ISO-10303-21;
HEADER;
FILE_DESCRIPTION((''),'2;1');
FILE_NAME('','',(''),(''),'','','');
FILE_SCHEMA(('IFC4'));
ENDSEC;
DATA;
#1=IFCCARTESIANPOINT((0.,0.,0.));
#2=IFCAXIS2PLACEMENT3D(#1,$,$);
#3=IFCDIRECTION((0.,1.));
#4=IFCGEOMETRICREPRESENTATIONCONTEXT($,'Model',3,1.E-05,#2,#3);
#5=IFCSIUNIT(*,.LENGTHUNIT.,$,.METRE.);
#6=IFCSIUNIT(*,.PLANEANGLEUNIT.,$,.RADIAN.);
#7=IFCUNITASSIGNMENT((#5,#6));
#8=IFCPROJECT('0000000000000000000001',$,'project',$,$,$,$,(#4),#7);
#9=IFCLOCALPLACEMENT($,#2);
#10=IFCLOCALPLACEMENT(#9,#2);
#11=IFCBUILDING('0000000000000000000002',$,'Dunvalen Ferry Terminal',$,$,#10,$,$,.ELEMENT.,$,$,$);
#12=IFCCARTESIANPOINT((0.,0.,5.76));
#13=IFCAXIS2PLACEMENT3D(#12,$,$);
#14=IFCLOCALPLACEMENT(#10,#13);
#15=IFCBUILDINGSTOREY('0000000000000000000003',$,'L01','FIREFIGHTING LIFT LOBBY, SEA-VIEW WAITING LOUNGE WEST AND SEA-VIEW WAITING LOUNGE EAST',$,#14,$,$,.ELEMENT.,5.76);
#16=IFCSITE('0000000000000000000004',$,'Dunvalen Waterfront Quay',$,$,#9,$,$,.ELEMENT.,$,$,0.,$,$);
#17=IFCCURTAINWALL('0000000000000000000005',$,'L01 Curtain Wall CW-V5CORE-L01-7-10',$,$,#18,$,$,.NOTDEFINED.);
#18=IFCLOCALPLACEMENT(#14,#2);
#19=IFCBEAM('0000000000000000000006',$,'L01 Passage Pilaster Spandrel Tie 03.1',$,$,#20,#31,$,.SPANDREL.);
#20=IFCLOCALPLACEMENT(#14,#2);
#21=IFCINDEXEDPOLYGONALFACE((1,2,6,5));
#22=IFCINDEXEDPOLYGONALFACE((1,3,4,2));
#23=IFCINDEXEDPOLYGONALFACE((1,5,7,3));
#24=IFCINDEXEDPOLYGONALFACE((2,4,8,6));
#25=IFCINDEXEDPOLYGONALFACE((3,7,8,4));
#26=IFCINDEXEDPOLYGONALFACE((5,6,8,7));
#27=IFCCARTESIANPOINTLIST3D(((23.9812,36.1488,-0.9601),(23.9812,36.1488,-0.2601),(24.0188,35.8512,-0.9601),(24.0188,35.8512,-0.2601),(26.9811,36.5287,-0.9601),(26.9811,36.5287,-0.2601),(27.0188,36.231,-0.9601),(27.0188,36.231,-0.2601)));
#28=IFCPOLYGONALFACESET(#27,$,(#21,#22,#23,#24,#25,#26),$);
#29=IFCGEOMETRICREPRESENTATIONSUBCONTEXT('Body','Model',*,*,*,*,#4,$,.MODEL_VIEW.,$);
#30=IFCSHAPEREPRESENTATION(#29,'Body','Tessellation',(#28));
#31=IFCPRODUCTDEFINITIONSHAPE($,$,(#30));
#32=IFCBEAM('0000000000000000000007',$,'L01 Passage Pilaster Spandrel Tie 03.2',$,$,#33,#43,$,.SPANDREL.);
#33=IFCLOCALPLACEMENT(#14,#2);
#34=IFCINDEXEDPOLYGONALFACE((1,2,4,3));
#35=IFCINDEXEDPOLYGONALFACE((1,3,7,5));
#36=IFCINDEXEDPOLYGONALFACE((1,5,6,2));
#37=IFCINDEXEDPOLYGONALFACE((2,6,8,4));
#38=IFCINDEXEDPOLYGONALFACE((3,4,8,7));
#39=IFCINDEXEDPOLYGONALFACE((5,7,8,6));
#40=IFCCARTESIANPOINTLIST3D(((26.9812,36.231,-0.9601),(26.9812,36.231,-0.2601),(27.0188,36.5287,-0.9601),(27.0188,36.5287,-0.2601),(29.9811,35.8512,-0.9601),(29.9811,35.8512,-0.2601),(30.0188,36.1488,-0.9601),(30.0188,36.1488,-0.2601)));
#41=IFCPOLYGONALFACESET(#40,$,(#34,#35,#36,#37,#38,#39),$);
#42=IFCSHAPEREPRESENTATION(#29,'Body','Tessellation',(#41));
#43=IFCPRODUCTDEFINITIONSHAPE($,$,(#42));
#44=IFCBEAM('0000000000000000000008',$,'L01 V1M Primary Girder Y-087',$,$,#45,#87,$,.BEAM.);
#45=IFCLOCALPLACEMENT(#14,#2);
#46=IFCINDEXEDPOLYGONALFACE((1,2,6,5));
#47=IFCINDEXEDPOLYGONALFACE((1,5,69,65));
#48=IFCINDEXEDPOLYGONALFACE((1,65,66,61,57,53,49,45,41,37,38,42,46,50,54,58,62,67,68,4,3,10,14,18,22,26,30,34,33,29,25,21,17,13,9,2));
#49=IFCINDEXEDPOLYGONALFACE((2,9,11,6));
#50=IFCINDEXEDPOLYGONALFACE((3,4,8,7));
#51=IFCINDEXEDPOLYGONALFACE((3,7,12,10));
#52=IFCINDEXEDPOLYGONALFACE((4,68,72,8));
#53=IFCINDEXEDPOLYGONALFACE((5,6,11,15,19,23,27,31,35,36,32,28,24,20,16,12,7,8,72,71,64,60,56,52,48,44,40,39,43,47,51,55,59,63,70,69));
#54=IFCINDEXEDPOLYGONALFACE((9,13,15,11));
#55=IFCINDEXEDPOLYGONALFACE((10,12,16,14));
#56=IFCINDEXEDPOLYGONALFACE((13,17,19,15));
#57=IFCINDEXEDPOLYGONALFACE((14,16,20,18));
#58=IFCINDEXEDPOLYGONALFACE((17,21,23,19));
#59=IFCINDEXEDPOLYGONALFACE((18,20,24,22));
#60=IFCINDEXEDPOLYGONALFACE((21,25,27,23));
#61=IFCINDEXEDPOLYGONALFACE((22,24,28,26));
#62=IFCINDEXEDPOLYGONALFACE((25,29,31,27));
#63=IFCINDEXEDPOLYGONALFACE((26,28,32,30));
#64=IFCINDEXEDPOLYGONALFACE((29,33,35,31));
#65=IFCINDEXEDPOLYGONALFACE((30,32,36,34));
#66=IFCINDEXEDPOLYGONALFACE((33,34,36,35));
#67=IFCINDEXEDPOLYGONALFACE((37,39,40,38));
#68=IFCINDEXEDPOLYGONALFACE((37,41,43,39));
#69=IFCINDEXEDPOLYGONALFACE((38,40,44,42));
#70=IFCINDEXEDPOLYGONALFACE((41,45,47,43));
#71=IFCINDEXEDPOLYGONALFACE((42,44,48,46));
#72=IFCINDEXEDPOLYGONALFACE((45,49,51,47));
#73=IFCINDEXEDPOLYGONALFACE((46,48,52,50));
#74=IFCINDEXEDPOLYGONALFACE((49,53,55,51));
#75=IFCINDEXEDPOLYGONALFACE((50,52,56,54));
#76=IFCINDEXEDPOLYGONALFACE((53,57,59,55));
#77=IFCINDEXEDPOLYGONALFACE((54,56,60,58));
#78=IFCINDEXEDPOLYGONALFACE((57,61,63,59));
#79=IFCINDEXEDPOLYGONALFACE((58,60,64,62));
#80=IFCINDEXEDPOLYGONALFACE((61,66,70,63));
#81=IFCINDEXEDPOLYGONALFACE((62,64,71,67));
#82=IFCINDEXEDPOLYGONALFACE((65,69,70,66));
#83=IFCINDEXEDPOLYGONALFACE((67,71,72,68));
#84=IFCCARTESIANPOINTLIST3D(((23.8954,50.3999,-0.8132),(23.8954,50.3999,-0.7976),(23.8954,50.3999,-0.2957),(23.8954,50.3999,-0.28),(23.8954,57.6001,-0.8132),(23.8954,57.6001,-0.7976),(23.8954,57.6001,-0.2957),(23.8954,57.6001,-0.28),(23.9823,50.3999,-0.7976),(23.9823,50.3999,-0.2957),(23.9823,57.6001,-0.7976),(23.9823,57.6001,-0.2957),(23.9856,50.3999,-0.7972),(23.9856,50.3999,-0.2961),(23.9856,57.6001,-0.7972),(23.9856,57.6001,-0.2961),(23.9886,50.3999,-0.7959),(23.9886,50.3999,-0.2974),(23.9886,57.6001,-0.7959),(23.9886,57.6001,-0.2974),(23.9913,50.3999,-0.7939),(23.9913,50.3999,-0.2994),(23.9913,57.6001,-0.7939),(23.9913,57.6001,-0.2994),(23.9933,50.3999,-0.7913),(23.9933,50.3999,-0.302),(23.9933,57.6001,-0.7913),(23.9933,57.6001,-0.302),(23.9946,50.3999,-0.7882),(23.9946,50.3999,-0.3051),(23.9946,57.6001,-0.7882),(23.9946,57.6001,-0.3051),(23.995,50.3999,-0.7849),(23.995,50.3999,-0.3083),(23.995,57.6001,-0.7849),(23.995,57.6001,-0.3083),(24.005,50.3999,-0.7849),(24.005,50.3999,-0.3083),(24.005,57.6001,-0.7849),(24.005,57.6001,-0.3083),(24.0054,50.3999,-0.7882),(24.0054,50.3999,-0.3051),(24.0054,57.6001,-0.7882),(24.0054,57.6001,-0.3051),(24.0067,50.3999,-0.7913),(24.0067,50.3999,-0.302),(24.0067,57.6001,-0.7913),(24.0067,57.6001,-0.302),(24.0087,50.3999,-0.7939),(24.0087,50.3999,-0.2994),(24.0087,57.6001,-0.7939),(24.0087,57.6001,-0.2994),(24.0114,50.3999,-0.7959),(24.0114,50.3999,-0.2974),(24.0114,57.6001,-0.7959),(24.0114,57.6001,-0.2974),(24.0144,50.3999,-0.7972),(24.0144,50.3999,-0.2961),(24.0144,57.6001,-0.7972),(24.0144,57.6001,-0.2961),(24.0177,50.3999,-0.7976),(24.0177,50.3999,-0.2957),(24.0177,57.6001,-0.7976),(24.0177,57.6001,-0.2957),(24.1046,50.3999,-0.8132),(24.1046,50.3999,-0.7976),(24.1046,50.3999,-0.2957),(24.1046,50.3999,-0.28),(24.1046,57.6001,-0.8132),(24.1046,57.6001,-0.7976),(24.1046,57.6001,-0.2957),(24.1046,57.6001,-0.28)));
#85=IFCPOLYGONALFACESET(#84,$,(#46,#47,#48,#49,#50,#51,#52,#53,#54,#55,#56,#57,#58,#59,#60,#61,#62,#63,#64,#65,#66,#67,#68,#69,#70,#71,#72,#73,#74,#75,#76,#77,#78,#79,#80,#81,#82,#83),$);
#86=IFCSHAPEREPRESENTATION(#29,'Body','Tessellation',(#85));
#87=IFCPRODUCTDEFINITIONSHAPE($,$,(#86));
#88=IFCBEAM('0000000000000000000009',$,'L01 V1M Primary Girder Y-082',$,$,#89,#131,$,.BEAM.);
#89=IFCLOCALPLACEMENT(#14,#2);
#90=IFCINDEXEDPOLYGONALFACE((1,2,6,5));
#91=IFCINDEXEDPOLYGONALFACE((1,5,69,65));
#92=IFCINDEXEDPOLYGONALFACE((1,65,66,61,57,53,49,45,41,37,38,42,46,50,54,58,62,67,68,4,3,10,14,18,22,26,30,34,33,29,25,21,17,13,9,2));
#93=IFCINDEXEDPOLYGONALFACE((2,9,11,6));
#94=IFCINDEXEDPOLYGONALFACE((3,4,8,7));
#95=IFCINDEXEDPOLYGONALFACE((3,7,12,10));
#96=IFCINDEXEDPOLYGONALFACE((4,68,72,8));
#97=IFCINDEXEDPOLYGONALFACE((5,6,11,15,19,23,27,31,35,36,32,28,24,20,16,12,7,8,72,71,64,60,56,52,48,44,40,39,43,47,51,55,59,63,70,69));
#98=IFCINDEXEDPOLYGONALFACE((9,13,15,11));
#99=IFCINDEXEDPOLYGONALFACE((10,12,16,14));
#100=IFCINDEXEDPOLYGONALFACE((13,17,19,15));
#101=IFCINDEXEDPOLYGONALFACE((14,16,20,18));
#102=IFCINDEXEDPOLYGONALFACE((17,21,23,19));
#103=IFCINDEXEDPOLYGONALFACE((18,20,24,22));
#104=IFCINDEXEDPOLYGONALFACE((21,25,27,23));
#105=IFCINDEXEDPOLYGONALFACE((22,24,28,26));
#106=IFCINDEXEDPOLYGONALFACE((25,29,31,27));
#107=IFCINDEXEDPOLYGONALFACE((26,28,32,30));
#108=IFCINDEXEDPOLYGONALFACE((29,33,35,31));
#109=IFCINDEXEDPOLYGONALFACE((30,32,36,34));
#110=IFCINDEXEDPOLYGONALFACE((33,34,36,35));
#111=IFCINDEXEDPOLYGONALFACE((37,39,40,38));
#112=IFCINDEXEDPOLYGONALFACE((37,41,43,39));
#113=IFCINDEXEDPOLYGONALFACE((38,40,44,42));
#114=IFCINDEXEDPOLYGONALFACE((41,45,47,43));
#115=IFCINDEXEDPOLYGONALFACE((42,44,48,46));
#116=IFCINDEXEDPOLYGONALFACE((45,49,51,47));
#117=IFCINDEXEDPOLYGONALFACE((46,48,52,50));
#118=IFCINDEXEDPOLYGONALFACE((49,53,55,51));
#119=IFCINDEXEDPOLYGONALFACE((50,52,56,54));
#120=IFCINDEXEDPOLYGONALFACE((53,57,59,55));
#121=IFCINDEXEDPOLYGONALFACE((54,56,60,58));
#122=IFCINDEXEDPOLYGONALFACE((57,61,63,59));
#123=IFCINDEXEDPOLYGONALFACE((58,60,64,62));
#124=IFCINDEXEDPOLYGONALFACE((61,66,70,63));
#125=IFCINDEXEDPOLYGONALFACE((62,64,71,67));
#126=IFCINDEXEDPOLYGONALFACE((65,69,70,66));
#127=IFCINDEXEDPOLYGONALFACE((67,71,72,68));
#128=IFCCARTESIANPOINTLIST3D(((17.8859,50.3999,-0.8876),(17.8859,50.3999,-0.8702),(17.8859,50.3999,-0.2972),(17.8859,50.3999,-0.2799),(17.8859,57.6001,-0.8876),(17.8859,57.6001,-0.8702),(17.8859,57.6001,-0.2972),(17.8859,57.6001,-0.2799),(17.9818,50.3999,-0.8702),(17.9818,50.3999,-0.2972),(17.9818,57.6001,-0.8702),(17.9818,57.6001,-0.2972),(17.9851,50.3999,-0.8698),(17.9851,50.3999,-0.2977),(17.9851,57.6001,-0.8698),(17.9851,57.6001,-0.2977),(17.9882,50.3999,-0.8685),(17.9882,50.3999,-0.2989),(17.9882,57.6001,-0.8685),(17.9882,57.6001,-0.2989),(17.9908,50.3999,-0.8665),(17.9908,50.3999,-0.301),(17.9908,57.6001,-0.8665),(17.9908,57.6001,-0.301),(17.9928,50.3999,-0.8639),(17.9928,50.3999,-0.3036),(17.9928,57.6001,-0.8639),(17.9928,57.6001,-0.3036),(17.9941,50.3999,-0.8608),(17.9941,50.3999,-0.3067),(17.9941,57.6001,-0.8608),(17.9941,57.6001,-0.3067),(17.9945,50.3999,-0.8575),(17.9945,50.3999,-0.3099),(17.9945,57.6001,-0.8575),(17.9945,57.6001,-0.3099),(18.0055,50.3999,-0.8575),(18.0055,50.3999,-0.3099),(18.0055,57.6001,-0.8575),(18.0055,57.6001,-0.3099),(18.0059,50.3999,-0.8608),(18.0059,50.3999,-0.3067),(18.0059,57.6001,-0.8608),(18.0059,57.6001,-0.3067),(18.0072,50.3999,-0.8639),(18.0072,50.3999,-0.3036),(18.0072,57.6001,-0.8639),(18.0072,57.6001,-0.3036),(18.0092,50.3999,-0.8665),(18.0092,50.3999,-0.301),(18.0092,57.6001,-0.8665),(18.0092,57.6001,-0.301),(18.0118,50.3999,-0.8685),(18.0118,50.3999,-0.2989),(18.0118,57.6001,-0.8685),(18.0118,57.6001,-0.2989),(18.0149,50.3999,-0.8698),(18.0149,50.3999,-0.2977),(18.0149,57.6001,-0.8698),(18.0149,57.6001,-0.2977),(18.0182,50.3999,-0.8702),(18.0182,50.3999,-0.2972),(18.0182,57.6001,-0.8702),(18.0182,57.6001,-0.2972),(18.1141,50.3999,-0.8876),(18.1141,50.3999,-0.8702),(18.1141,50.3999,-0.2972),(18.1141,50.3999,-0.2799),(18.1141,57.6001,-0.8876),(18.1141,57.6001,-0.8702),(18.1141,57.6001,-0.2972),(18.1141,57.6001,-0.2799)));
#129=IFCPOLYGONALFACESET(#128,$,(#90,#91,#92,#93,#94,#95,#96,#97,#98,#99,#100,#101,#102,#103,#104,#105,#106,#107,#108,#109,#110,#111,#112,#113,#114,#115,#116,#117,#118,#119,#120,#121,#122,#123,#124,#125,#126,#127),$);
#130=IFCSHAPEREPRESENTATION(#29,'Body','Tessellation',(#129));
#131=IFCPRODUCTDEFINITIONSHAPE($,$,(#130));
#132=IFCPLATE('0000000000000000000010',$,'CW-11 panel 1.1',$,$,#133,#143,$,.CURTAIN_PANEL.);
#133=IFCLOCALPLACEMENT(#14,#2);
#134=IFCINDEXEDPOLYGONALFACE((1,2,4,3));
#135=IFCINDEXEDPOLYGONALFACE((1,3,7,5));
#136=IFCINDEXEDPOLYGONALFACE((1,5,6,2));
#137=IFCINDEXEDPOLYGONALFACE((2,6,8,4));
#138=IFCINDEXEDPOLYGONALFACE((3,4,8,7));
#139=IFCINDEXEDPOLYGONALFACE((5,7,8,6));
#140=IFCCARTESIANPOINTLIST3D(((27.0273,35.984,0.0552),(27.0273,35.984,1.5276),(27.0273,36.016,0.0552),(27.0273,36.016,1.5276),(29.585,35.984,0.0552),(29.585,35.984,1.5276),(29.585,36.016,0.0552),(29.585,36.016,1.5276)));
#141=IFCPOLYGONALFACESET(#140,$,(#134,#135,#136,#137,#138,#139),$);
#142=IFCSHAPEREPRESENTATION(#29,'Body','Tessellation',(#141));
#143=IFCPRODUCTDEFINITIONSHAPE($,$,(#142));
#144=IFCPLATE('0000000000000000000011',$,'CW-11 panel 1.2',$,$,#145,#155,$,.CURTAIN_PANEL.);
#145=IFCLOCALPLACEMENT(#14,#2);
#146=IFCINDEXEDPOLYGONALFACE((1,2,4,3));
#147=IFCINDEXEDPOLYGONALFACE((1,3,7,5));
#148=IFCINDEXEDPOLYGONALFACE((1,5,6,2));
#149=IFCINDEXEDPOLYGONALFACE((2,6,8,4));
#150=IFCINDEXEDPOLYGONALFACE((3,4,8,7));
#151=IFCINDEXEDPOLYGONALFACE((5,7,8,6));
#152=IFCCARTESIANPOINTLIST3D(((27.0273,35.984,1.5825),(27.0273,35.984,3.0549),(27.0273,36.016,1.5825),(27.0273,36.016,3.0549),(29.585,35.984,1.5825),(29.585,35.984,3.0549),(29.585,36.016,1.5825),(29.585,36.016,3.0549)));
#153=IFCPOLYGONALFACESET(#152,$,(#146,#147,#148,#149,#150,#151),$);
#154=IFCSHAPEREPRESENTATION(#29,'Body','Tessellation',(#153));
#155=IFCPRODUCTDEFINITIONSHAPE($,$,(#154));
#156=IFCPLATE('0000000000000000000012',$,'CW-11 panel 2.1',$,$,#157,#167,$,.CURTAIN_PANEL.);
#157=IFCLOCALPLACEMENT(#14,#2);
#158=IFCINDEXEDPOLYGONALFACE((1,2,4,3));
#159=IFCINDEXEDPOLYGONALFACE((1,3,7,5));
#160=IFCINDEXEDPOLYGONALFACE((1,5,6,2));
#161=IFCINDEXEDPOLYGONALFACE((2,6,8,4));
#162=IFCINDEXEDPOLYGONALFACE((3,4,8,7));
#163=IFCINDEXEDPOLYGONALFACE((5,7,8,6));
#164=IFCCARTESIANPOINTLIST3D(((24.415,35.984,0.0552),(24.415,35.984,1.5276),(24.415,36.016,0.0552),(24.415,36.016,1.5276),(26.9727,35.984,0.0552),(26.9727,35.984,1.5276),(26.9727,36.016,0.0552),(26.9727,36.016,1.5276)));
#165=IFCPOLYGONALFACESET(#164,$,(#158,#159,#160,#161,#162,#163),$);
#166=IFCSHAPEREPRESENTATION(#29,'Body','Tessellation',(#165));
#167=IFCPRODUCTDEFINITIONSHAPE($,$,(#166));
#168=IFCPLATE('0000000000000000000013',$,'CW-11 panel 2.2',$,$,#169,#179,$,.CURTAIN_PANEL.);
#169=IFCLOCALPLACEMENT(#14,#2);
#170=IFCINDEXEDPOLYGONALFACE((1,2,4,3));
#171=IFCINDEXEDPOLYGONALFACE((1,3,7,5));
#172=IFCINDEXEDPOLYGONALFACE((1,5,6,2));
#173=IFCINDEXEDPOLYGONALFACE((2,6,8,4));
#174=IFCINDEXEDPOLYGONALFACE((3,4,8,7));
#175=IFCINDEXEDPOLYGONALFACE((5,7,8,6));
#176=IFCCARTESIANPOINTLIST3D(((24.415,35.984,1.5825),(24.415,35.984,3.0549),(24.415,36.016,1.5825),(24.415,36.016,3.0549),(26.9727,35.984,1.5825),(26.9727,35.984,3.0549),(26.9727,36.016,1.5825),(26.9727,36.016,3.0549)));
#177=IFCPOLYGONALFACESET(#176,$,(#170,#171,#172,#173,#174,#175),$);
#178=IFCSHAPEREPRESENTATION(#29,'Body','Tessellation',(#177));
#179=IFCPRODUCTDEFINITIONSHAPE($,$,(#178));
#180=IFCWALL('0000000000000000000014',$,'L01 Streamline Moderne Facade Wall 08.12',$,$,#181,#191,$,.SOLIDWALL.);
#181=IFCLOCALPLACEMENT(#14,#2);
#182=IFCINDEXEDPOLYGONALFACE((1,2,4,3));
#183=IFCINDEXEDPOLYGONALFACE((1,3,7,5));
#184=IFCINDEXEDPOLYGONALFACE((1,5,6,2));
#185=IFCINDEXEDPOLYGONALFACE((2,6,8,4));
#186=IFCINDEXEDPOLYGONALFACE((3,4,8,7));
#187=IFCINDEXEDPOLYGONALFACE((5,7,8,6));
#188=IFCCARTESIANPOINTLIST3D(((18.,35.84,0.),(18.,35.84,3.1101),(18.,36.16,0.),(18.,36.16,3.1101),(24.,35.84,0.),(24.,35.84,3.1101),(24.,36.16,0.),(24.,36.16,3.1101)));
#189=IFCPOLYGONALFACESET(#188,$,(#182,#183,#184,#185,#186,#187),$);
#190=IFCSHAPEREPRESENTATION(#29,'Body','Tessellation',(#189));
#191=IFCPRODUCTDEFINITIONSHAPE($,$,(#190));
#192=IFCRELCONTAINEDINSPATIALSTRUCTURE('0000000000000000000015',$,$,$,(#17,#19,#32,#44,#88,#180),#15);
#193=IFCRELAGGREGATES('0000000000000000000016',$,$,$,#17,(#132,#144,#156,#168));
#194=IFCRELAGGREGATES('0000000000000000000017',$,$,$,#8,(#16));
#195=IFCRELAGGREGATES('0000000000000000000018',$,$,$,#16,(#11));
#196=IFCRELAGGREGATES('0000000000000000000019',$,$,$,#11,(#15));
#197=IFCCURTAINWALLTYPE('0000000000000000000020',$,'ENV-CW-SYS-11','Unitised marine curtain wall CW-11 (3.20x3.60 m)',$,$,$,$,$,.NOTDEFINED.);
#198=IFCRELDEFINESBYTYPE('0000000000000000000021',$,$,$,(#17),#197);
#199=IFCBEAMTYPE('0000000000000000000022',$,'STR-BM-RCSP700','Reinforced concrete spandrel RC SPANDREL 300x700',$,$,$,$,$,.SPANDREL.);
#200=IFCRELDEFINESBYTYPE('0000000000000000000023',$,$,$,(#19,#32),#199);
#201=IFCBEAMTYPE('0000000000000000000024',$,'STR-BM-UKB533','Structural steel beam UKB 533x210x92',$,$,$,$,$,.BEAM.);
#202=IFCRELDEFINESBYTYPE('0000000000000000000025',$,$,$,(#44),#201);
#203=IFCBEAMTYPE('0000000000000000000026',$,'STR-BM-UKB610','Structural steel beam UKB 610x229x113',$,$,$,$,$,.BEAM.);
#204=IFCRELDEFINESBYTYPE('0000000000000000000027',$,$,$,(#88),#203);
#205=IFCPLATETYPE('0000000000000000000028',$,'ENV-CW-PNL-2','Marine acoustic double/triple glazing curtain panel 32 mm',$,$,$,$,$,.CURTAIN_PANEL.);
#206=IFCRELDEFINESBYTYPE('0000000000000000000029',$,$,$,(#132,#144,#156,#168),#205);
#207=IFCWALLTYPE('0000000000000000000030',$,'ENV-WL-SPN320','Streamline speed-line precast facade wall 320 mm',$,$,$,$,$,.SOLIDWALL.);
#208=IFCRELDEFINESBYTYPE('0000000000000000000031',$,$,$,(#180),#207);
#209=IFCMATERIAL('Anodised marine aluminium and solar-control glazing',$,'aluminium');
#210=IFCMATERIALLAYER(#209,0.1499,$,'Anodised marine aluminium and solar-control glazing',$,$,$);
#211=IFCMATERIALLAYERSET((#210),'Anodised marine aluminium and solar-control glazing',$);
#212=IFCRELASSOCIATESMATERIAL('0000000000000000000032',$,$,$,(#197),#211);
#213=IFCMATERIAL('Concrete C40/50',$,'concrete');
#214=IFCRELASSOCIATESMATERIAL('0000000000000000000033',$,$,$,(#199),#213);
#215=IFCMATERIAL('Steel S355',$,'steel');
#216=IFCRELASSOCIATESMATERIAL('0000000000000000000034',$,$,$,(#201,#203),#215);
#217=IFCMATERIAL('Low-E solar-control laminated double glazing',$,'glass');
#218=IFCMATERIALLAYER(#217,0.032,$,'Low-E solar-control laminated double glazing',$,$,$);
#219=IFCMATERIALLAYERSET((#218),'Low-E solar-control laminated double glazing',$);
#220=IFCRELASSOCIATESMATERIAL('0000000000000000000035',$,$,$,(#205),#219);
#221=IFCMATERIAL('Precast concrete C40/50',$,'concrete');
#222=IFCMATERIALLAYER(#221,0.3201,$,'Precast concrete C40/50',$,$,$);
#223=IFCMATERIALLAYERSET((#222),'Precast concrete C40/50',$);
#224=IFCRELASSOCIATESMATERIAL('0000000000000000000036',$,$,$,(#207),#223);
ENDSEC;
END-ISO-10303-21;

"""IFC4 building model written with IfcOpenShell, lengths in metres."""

from ifc_helpers import new_model, si_unit, direction, frame, frame_2d, origin, origin_2d, place, context, subcontext, project, spatial, rectangle, i_section, extrude, material, layer, layer_set, material_profile, profile_set, type_object, element, aggregate, save


model = new_model("IFC4")

# Units and contexts
model_context = context("Model", 3, precision=1e-05, world=origin(), true_north=direction((0.0, 1.0)))
body_context = subcontext(model_context, "Body", "Model", "MODEL_VIEW")
ifc_project = project(units=[si_unit("LENGTHUNIT", "METRE"), si_unit("PLANEANGLEUNIT", "RADIAN")], contexts=[model_context])

# Site, building, storey
site_placement = place(None, origin())
site = spatial("IfcSite", under=ifc_project, at=site_placement, Name="Dunvalen Waterfront Quay", CompositionType="ELEMENT", RefElevation=0.0)
building_placement = place(site_placement, origin())
building = spatial("IfcBuilding", under=site, at=building_placement, Name="Dunvalen Ferry Terminal", CompositionType="ELEMENT")
storey_placement = place(building_placement, frame((0.0, 0.0, 5.76)))
storey = spatial("IfcBuildingStorey", under=building, at=storey_placement, Name="L01", Description="FIREFIGHTING LIFT LOBBY, SEA-VIEW WAITING LOUNGE WEST AND SEA-VIEW WAITING LOUNGE EAST", CompositionType="ELEMENT", Elevation=5.76)

# Shared definitions
ifc_material_1 = material(Name="Concrete C40/50", Category="concrete")

# Curtain wall
ifc_material_2 = material(Name="Anodised marine aluminium and solar-control glazing", Category="aluminium")
ifc_layer_1 = layer(ifc_material_2, 0.1499, Name="Anodised marine aluminium and solar-control glazing")
ifc_layer_set_1 = layer_set([ifc_layer_1], Name="Anodised marine aluminium and solar-control glazing")
curtain_wall_type = type_object("IfcCurtainWallType", Name="ENV-CW-SYS-11", Description="Unitised marine curtain wall CW-11 (3.20x3.60 m)", PredefinedType="NOTDEFINED", material=ifc_layer_set_1)
curtain_wall_placement = place(storey_placement, origin())
curtain_wall = element("IfcCurtainWall", 1, at=curtain_wall_placement, inside=storey, type_object=curtain_wall_type, Name="L01 Curtain Wall CW-V5CORE-L01-7-10", PredefinedType="NOTDEFINED")

# Beams
ifc_material_profile_1 = material_profile(ifc_material_1, rectangle(XDim=0.3, YDim=0.7, at=origin_2d()), Name="Concrete C40/50")
ifc_profile_set_1 = profile_set([ifc_material_profile_1], Name="Concrete C40/50")
beam_type_1 = type_object("IfcBeamType", Name="STR-BM-RCSP700", Description="Reinforced concrete spandrel RC SPANDREL 300x700", PredefinedType="SPANDREL", material=ifc_profile_set_1)
for number, where, z_axis, x_axis, name in (
    (2, (24.0, 36.0, -0.6101), (0.992078, 0.125624, 0.0), (-0.125624, 0.992078, 0.0), "L01 Passage Pilaster Spandrel Tie 03.1"),
    (3, (27.0, 36.3799, -0.6101), (0.992078, -0.125624, 0.0), (0.125624, 0.992078, 0.0), "L01 Passage Pilaster Spandrel Tie 03.2"),
):
    element("IfcBeam", number, at=place(storey_placement, frame(where, z_axis=z_axis, x_axis=x_axis)), inside=storey, type_object=beam_type_1, Name=name, PredefinedType="SPANDREL", context=body_context, shape_type="SweptSolid", body=[
        extrude(rectangle(XDim=0.3, YDim=0.7, at=origin_2d()), origin(), (0.0, 0.0, 1.0), 3.0239),
    ])
ifc_material_3 = material(Name="Steel S355", Category="steel")
ifc_material_profile_2 = material_profile(ifc_material_3, i_section(OverallWidth=0.2092, OverallDepth=0.5332, WebThickness=0.01, FlangeThickness=0.0156, FilletRadius=0.0127, at=origin_2d()), Name="Steel S355")
ifc_profile_set_2 = profile_set([ifc_material_profile_2], Name="Steel S355")
beam_type_2 = type_object("IfcBeamType", Name="STR-BM-UKB533", Description="Structural steel beam UKB 533x210x92", PredefinedType="BEAM", material=ifc_profile_set_2)
beam_1_placement = place(storey_placement, frame((24.0, 50.3999, -0.5466), z_axis=(0.0, 1.0, 0.0), x_axis=(-1.0, 0.0, 0.0)))
element("IfcBeam", 4, at=beam_1_placement, inside=storey, type_object=beam_type_2, Name="L01 V1M Primary Girder Y-087", PredefinedType="BEAM", context=body_context, shape_type="SweptSolid", body=[
    extrude(i_section(OverallWidth=0.2092, OverallDepth=0.5332, WebThickness=0.01, FlangeThickness=0.0156, FilletRadius=0.0127, at=origin_2d()), origin(), (0.0, 0.0, 1.0), 7.2002),
])
ifc_material_profile_3 = material_profile(ifc_material_3, i_section(OverallWidth=0.2283, OverallDepth=0.6077, WebThickness=0.011, FlangeThickness=0.0173, FilletRadius=0.0127, at=origin_2d()), Name="Steel S355")
ifc_profile_set_3 = profile_set([ifc_material_profile_3], Name="Steel S355")
beam_type_3 = type_object("IfcBeamType", Name="STR-BM-UKB610", Description="Structural steel beam UKB 610x229x113", PredefinedType="BEAM", material=ifc_profile_set_3)
beam_2_placement = place(storey_placement, frame((18.0, 50.3999, -0.5837), z_axis=(0.0, 1.0, 0.0), x_axis=(-1.0, 0.0, 0.0)))
element("IfcBeam", 5, at=beam_2_placement, inside=storey, type_object=beam_type_3, Name="L01 V1M Primary Girder Y-082", PredefinedType="BEAM", context=body_context, shape_type="SweptSolid", body=[
    extrude(i_section(OverallWidth=0.2283, OverallDepth=0.6077, WebThickness=0.011, FlangeThickness=0.0173, FilletRadius=0.0127, at=origin_2d()), origin(), (0.0, 0.0, 1.0), 7.2002),
])

# Plates
ifc_material_4 = material(Name="Low-E solar-control laminated double glazing", Category="glass")
ifc_layer_2 = layer(ifc_material_4, 0.032, Name="Low-E solar-control laminated double glazing")
ifc_layer_set_2 = layer_set([ifc_layer_2], Name="Low-E solar-control laminated double glazing")
plate_type = type_object("IfcPlateType", Name="ENV-CW-PNL-2", Description="Marine acoustic double/triple glazing curtain panel 32 mm", PredefinedType="CURTAIN_PANEL", material=ifc_layer_set_2)
plate_1_placement = place(storey_placement, frame((28.3062, 36.0, 0.0552), z_axis=(0.0, 0.0, 1.0), x_axis=(-1.0, 0.0, 0.0)))
plate_1 = element("IfcPlate", 6, at=plate_1_placement, type_object=plate_type, Name="CW-11 panel 1.1", PredefinedType="CURTAIN_PANEL", context=body_context, shape_type="SweptSolid", body=[
    extrude(rectangle(XDim=2.5576, YDim=0.032, at=origin_2d()), origin(), (0.0, 0.0, 1.0), 1.4724),
])
plate_2_placement = place(storey_placement, frame((28.3062, 36.0, 1.5825), z_axis=(0.0, 0.0, 1.0), x_axis=(-1.0, 0.0, 0.0)))
plate_2 = element("IfcPlate", 7, at=plate_2_placement, type_object=plate_type, Name="CW-11 panel 1.2", PredefinedType="CURTAIN_PANEL", context=body_context, shape_type="SweptSolid", body=[
    extrude(rectangle(XDim=2.5576, YDim=0.032, at=origin_2d()), origin(), (0.0, 0.0, 1.0), 1.4724),
])
plate_3_placement = place(storey_placement, frame((25.6938, 36.0, 0.0552), z_axis=(0.0, 0.0, 1.0), x_axis=(-1.0, 0.0, 0.0)))
plate_3 = element("IfcPlate", 8, at=plate_3_placement, type_object=plate_type, Name="CW-11 panel 2.1", PredefinedType="CURTAIN_PANEL", context=body_context, shape_type="SweptSolid", body=[
    extrude(rectangle(XDim=2.5576, YDim=0.032, at=origin_2d()), origin(), (0.0, 0.0, 1.0), 1.4724),
])
plate_4_placement = place(storey_placement, frame((25.6938, 36.0, 1.5825), z_axis=(0.0, 0.0, 1.0), x_axis=(-1.0, 0.0, 0.0)))
plate_4 = element("IfcPlate", 9, at=plate_4_placement, type_object=plate_type, Name="CW-11 panel 2.2", PredefinedType="CURTAIN_PANEL", context=body_context, shape_type="SweptSolid", body=[
    extrude(rectangle(XDim=2.5576, YDim=0.032, at=origin_2d()), origin(), (0.0, 0.0, 1.0), 1.4724),
])
aggregate(curtain_wall, [plate_1, plate_2, plate_3, plate_4])

# Wall
ifc_material_5 = material(Name="Precast concrete C40/50", Category="concrete")
ifc_layer_3 = layer(ifc_material_5, 0.3201, Name="Precast concrete C40/50")
ifc_layer_set_3 = layer_set([ifc_layer_3], Name="Precast concrete C40/50")
wall_type_1 = type_object("IfcWallType", Name="ENV-WL-SPN320", Description="Streamline speed-line precast facade wall 320 mm", PredefinedType="SOLIDWALL", material=ifc_layer_set_3)
for number, where, z_axis, x_axis, name in (
    (10, (24.0, 36.0, 0.0), (0.0, 0.0, 1.0), (-1.0, 0.0, 0.0), "L01 Streamline Moderne Facade Wall 08.12"),
):
    element("IfcWall", number, at=place(storey_placement, frame(where, z_axis=z_axis, x_axis=x_axis)), inside=storey, type_object=wall_type_1, Name=name, PredefinedType="SOLIDWALL", context=body_context, shape_type="SweptSolid", body=[
        extrude(rectangle(XDim=6.0, YDim=0.3201, at=frame_2d((3.0, 0.0))), origin(), (0.0, 0.0, 1.0), 3.1101),
    ])

save(model, "model.ifc")
